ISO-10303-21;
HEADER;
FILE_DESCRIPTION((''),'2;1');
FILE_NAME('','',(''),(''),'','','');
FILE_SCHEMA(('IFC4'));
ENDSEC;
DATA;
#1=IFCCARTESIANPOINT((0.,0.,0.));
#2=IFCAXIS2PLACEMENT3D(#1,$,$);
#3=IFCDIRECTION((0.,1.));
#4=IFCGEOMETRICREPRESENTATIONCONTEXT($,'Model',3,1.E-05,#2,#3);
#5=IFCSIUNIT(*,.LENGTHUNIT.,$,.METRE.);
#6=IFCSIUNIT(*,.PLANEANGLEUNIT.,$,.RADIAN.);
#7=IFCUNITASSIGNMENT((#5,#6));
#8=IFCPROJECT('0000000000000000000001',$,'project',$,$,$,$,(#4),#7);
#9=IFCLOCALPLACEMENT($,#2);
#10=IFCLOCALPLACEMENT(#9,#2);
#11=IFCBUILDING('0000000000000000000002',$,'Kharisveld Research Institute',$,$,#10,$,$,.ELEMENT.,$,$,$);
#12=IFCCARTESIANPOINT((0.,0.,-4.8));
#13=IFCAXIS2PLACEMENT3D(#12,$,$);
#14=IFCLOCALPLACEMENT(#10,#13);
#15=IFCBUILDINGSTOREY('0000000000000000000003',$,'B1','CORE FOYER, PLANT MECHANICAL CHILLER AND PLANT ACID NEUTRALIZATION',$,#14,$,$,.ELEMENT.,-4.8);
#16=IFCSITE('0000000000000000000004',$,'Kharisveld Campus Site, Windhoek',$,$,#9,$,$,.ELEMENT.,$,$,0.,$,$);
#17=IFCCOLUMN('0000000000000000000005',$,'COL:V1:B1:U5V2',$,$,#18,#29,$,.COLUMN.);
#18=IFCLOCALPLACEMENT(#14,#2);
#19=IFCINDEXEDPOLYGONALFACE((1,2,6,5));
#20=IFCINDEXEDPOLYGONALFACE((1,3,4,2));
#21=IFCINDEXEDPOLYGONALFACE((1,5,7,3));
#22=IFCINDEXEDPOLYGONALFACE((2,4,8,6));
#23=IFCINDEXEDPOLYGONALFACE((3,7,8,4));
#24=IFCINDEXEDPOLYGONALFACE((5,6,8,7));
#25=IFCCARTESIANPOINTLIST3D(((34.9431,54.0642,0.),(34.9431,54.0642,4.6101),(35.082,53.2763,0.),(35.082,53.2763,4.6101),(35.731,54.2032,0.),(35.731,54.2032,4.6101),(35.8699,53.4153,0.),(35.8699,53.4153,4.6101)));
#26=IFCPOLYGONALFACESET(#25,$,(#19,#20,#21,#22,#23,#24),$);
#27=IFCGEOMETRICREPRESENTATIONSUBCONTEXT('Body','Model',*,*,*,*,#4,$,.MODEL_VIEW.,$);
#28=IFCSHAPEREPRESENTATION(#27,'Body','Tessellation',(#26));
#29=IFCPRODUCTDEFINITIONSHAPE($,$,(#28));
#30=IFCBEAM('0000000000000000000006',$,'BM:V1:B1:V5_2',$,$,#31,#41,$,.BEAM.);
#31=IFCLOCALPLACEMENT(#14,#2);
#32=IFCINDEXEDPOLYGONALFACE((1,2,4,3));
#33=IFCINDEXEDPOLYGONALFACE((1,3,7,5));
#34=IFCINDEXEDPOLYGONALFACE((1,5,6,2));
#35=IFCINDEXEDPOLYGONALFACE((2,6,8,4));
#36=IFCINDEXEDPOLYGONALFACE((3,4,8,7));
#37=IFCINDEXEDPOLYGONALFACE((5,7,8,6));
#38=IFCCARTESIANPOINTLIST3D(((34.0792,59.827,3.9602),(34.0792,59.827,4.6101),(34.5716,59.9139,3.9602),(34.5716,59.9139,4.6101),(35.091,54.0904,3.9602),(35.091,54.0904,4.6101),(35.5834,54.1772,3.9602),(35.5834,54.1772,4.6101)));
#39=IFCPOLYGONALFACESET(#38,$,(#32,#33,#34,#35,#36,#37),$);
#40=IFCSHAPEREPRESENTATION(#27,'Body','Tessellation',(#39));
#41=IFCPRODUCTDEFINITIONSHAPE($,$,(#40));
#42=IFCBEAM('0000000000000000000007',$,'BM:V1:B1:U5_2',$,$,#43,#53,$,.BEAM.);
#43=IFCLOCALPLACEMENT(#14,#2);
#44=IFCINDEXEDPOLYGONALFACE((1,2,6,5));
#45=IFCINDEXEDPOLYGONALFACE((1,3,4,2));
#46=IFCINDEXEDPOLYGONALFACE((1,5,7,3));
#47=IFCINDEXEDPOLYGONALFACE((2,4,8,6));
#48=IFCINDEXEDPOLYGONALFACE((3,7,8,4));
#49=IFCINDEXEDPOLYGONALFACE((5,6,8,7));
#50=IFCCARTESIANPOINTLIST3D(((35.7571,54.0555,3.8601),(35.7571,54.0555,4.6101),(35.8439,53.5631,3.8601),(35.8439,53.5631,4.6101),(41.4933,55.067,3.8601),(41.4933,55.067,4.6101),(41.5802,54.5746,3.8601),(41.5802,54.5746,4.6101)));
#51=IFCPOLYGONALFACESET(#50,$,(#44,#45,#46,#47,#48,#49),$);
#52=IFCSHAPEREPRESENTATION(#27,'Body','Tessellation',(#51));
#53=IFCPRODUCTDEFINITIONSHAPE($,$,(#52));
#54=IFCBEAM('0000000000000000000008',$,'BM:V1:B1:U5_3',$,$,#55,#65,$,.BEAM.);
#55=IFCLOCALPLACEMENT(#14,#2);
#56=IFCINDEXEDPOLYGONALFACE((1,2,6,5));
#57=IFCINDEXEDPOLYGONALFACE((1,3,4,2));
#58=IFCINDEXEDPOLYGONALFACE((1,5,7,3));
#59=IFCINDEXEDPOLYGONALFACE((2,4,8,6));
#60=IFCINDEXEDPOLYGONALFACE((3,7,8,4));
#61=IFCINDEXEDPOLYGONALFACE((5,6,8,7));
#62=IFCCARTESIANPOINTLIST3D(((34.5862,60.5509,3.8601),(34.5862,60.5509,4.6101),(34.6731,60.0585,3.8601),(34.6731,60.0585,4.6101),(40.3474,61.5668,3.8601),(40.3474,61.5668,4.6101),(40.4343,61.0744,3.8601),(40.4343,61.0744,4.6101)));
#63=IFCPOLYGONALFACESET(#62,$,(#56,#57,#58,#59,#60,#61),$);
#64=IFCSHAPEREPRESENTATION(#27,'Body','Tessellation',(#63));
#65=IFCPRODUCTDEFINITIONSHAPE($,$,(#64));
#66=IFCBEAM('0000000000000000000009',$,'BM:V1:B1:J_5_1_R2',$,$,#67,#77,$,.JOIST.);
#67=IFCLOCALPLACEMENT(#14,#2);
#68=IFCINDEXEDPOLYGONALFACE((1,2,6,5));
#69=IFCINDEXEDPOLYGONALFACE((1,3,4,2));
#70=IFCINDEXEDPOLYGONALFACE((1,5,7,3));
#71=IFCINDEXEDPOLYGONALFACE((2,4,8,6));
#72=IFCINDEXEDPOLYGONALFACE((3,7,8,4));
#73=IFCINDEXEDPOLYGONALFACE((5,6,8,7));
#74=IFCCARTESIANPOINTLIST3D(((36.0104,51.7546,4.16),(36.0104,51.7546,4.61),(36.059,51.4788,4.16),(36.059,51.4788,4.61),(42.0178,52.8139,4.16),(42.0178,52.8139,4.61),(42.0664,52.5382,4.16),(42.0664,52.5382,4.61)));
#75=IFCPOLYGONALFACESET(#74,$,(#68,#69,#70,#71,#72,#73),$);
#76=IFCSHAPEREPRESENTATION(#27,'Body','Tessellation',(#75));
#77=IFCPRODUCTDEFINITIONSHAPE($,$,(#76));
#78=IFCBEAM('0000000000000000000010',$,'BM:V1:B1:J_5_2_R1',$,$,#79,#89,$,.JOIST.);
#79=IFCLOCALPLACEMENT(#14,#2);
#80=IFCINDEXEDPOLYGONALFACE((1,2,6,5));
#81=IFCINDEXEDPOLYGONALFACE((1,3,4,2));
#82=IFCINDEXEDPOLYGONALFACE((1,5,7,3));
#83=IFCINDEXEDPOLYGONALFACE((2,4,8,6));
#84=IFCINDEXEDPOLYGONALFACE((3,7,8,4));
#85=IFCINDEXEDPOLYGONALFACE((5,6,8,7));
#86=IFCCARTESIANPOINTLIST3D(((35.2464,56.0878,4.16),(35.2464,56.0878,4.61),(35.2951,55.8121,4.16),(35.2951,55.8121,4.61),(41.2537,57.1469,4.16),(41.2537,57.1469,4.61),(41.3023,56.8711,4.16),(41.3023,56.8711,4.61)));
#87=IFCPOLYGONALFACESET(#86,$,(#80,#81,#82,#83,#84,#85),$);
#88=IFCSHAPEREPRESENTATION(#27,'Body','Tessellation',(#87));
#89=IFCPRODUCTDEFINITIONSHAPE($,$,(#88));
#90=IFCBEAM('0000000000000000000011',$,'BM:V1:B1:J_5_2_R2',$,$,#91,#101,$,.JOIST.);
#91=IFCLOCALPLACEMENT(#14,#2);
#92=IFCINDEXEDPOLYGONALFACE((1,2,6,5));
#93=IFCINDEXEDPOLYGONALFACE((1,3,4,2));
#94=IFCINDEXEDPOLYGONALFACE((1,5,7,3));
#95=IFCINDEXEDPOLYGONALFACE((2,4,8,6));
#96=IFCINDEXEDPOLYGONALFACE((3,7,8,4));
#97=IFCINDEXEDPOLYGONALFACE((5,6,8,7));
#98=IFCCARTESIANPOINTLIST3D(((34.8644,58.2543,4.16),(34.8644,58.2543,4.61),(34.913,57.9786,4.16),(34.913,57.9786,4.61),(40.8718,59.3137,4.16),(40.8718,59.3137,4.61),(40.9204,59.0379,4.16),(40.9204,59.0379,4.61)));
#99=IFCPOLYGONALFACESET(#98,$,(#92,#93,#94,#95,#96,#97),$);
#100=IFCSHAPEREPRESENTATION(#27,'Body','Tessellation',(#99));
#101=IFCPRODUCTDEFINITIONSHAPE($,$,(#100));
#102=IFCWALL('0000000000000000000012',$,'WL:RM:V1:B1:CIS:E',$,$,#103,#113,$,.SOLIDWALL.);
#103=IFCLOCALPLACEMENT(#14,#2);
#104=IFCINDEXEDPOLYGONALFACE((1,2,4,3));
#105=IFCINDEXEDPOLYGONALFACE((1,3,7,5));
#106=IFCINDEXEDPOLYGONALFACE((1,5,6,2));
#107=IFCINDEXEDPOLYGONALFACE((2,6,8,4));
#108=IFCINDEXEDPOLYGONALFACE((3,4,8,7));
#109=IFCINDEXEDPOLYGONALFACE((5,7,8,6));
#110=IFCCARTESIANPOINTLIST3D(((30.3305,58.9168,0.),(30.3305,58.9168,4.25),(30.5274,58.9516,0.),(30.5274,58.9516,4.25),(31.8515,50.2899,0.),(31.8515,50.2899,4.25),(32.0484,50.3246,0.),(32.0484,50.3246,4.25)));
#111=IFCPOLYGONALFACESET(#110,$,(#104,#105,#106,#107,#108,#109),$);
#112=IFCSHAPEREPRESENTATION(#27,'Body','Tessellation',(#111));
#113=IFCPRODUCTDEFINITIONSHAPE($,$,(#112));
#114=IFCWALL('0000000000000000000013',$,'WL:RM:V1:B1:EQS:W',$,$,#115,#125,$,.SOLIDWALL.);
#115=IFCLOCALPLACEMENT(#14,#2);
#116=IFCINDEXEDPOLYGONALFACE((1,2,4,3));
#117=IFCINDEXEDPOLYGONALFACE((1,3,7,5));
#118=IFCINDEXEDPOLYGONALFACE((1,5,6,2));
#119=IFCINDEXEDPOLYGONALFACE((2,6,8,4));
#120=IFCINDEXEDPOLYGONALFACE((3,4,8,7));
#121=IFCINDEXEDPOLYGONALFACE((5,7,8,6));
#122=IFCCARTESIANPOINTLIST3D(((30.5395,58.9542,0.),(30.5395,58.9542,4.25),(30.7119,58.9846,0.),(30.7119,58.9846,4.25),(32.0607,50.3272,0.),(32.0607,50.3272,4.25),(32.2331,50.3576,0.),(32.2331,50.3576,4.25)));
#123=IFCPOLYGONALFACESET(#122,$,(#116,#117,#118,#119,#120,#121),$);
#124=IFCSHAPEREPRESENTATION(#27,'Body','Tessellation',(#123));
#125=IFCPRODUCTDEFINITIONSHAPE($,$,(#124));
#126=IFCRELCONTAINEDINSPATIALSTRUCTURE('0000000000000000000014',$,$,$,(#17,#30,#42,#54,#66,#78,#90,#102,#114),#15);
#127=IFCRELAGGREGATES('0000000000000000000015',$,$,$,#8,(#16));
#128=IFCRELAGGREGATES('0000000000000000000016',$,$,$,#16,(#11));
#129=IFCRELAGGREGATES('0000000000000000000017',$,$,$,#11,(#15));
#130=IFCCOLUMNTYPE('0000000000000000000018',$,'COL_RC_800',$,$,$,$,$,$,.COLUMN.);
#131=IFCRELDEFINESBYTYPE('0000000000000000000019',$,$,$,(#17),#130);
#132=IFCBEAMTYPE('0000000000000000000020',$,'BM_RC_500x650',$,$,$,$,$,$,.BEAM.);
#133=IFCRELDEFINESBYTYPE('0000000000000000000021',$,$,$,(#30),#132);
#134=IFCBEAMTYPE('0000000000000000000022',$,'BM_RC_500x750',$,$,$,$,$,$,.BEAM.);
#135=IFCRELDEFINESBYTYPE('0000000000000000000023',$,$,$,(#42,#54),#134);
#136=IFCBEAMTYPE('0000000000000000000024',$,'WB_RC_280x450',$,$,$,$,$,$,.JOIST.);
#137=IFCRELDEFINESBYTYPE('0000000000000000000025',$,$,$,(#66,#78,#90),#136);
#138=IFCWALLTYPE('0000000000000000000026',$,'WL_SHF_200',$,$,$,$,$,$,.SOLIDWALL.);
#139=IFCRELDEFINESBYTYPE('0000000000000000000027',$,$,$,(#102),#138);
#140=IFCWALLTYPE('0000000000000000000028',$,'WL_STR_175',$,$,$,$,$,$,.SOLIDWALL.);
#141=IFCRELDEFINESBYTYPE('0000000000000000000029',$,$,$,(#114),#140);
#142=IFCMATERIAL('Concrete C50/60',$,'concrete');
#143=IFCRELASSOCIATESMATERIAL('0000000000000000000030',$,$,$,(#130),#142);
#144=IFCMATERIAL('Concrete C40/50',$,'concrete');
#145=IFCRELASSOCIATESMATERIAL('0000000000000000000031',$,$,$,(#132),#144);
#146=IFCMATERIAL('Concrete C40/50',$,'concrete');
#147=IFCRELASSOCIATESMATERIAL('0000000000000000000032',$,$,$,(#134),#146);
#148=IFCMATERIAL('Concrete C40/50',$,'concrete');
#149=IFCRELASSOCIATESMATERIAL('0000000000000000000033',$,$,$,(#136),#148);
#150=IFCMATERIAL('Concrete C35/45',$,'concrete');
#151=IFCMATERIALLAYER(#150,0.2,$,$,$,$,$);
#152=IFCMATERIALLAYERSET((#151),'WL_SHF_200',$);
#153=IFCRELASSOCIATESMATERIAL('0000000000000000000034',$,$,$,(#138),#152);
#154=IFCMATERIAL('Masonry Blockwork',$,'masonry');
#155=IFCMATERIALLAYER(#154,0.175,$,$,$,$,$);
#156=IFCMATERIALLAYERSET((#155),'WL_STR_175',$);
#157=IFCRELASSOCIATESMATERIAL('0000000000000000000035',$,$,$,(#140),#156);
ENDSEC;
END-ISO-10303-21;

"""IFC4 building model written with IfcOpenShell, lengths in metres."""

from ifc_helpers import new_model, si_unit, direction, frame, frame_2d, origin, origin_2d, place, context, subcontext, project, spatial, rectangle, extrude, material, layer, layer_set, material_profile, profile_set, type_object, element, save


model = new_model("IFC4")

# Units and contexts
model_context = context("Model", 3, precision=1e-05, world=origin(), true_north=direction((0.0, 1.0)))
body_context = subcontext(model_context, "Body", "Model", "MODEL_VIEW")
ifc_project = project(units=[si_unit("LENGTHUNIT", "METRE"), si_unit("PLANEANGLEUNIT", "RADIAN")], contexts=[model_context])

# Site, building, storey
site_placement = place(None, origin())
site = spatial("IfcSite", under=ifc_project, at=site_placement, Name="Kharisveld Campus Site, Windhoek", CompositionType="ELEMENT", RefElevation=0.0)
building_placement = place(site_placement, origin())
building = spatial("IfcBuilding", under=site, at=building_placement, Name="Kharisveld Research Institute", CompositionType="ELEMENT")
storey_placement = place(building_placement, frame((0.0, 0.0, -4.8)))
storey = spatial("IfcBuildingStorey", under=building, at=storey_placement, Name="B1", Description="CORE FOYER, PLANT MECHANICAL CHILLER AND PLANT ACID NEUTRALIZATION", CompositionType="ELEMENT", Elevation=-4.8)

# Column
ifc_material_1 = material(Name="Concrete C50/60", Category="concrete")
ifc_material_profile_1 = material_profile(ifc_material_1, rectangle(XDim=0.8, YDim=0.8, at=origin_2d()))
ifc_profile_set_1 = profile_set([ifc_material_profile_1], Name="Concrete C50/60")
column_type_1 = type_object("IfcColumnType", Name="COL_RC_800", PredefinedType="COLUMN", material=ifc_profile_set_1)
column_1_placement = place(storey_placement, frame((35.4065, 53.7397, 0.0), z_axis=(0.0, 0.0, 1.0), x_axis=(0.984808, 0.173648, 0.0)))
element("IfcColumn", 1, at=column_1_placement, inside=storey, type_object=column_type_1, Name="COL:V1:B1:U5V2", PredefinedType="COLUMN", context=body_context, shape_type="SweptSolid", body=[
    extrude(rectangle(XDim=0.8, YDim=0.8, at=origin_2d()), origin(), (0.0, 0.0, 1.0), 4.6101),
])

# Beams
ifc_material_2 = material(Name="Concrete C40/50", Category="concrete")
ifc_material_profile_2 = material_profile(ifc_material_2, rectangle(XDim=0.5, YDim=0.6499, at=origin_2d()))
ifc_profile_set_2 = profile_set([ifc_material_profile_2], Name="Concrete C40/50")
beam_type_1 = type_object("IfcBeamType", Name="BM_RC_500x650", PredefinedType="BEAM", material=ifc_profile_set_2)
beam_1_placement = place(storey_placement, frame((35.3372, 54.1338, 4.2852), z_axis=(-0.173683, 0.984802, 0.0), x_axis=(-0.984802, -0.173683, 0.0)))
element("IfcBeam", 2, at=beam_1_placement, inside=storey, type_object=beam_type_1, Name="BM:V1:B1:V5_2", PredefinedType="BEAM", context=body_context, shape_type="SweptSolid", body=[
    extrude(rectangle(XDim=0.5, YDim=0.6499, at=origin_2d()), origin(), (0.0, 0.0, 1.0), 5.8252),
])
ifc_material_3 = material(Name="Concrete C40/50", Category="concrete")
ifc_material_profile_3 = material_profile(ifc_material_3, rectangle(XDim=0.5, YDim=0.75, at=origin_2d()))
ifc_profile_set_3 = profile_set([ifc_material_profile_3], Name="Concrete C40/50")
beam_type_2 = type_object("IfcBeamType", Name="BM_RC_500x750", PredefinedType="BEAM", material=ifc_profile_set_3)
beam_2_placement = place(storey_placement, frame((35.8005, 53.8093, 4.2351), z_axis=(0.984808, 0.173649, 0.0), x_axis=(-0.173649, 0.984808, 0.0)))
element("IfcBeam", 3, at=beam_2_placement, inside=storey, type_object=beam_type_2, Name="BM:V1:B1:U5_2", PredefinedType="BEAM", context=body_context, shape_type="SweptSolid", body=[
    extrude(rectangle(XDim=0.5, YDim=0.75, at=origin_2d()), origin(), (0.0, 0.0, 1.0), 5.8247),
])
beam_3_placement = place(storey_placement, frame((34.6296, 60.3047, 4.2351), z_axis=(0.984807, 0.17365, 0.0), x_axis=(-0.17365, 0.984807, 0.0)))
element("IfcBeam", 4, at=beam_3_placement, inside=storey, type_object=beam_type_2, Name="BM:V1:B1:U5_3", PredefinedType="BEAM", context=body_context, shape_type="SweptSolid", body=[
    extrude(rectangle(XDim=0.5, YDim=0.75, at=origin_2d()), origin(), (0.0, 0.0, 1.0), 5.8501),
])
ifc_material_4 = material(Name="Concrete C40/50", Category="concrete")
ifc_material_profile_4 = material_profile(ifc_material_4, rectangle(XDim=0.28, YDim=0.45, at=origin_2d()))
ifc_profile_set_4 = profile_set([ifc_material_profile_4], Name="Concrete C40/50")
beam_type_3 = type_object("IfcBeamType", Name="WB_RC_280x450", PredefinedType="JOIST", material=ifc_profile_set_4)
beam_4_placement = place(storey_placement, frame((36.0347, 51.6167, 4.385), z_axis=(0.984806, 0.17366, 0.0), x_axis=(-0.17366, 0.984806, 0.0)))
element("IfcBeam", 5, at=beam_4_placement, inside=storey, type_object=beam_type_3, Name="BM:V1:B1:J_5_1_R2", PredefinedType="JOIST", context=body_context, shape_type="SweptSolid", body=[
    extrude(rectangle(XDim=0.28, YDim=0.45, at=origin_2d()), origin(), (0.0, 0.0, 1.0), 6.1001),
])
beam_5_placement = place(storey_placement, frame((35.2708, 55.95, 4.385), z_axis=(0.984813, 0.173621, 0.0), x_axis=(-0.173621, 0.984813, 0.0)))
element("IfcBeam", 6, at=beam_5_placement, inside=storey, type_object=beam_type_3, Name="BM:V1:B1:J_5_2_R1", PredefinedType="JOIST", context=body_context, shape_type="SweptSolid", body=[
    extrude(rectangle(XDim=0.28, YDim=0.45, at=origin_2d()), origin(), (0.0, 0.0, 1.0), 6.0999),
])
beam_6_placement = place(storey_placement, frame((34.8887, 58.1165, 4.385), z_axis=(0.984806, 0.17366, 0.0), x_axis=(-0.17366, 0.984806, 0.0)))
element("IfcBeam", 7, at=beam_6_placement, inside=storey, type_object=beam_type_3, Name="BM:V1:B1:J_5_2_R2", PredefinedType="JOIST", context=body_context, shape_type="SweptSolid", body=[
    extrude(rectangle(XDim=0.28, YDim=0.45, at=origin_2d()), origin(), (0.0, 0.0, 1.0), 6.1001),
])

# Walls
ifc_material_5 = material(Name="Concrete C35/45", Category="concrete")
ifc_layer_1 = layer(ifc_material_5, 0.2)
ifc_layer_set_1 = layer_set([ifc_layer_1], Name="WL_SHF_200")
wall_type_1 = type_object("IfcWallType", Name="WL_SHF_200", PredefinedType="SOLIDWALL", material=ifc_layer_set_1)
wall_1_placement = place(storey_placement, frame((31.95, 50.3074, 0.0), z_axis=(0.0, 0.0, 1.0), x_axis=(-0.17363, 0.984811, 0.0)))
element("IfcWall", 8, at=wall_1_placement, inside=storey, type_object=wall_type_1, Name="WL:RM:V1:B1:CIS:E", PredefinedType="SOLIDWALL", context=body_context, shape_type="SweptSolid", body=[
    extrude(rectangle(XDim=8.76, YDim=0.2, at=frame_2d((4.3799, 0.0))), origin(), (0.0, 0.0, 1.0), 4.25),
])
ifc_material_6 = material(Name="Masonry Blockwork", Category="masonry")
ifc_layer_2 = layer(ifc_material_6, 0.175)
ifc_layer_set_2 = layer_set([ifc_layer_2], Name="WL_STR_175")
wall_type_2 = type_object("IfcWallType", Name="WL_STR_175", PredefinedType="SOLIDWALL", material=ifc_layer_set_2)
wall_2_placement = place(storey_placement, frame((30.6257, 58.9692, 0.0), z_axis=(0.0, 0.0, 1.0), x_axis=(0.173657, -0.984806, 0.0)))
element("IfcWall", 9, at=wall_2_placement, inside=storey, type_object=wall_type_2, Name="WL:RM:V1:B1:EQS:W", PredefinedType="SOLIDWALL", context=body_context, shape_type="SweptSolid", body=[
    extrude(rectangle(XDim=8.76, YDim=0.175, at=frame_2d((4.3799, 0.0))), origin(), (0.0, 0.0, 1.0), 4.25),
])

save(model, "model.ifc")
